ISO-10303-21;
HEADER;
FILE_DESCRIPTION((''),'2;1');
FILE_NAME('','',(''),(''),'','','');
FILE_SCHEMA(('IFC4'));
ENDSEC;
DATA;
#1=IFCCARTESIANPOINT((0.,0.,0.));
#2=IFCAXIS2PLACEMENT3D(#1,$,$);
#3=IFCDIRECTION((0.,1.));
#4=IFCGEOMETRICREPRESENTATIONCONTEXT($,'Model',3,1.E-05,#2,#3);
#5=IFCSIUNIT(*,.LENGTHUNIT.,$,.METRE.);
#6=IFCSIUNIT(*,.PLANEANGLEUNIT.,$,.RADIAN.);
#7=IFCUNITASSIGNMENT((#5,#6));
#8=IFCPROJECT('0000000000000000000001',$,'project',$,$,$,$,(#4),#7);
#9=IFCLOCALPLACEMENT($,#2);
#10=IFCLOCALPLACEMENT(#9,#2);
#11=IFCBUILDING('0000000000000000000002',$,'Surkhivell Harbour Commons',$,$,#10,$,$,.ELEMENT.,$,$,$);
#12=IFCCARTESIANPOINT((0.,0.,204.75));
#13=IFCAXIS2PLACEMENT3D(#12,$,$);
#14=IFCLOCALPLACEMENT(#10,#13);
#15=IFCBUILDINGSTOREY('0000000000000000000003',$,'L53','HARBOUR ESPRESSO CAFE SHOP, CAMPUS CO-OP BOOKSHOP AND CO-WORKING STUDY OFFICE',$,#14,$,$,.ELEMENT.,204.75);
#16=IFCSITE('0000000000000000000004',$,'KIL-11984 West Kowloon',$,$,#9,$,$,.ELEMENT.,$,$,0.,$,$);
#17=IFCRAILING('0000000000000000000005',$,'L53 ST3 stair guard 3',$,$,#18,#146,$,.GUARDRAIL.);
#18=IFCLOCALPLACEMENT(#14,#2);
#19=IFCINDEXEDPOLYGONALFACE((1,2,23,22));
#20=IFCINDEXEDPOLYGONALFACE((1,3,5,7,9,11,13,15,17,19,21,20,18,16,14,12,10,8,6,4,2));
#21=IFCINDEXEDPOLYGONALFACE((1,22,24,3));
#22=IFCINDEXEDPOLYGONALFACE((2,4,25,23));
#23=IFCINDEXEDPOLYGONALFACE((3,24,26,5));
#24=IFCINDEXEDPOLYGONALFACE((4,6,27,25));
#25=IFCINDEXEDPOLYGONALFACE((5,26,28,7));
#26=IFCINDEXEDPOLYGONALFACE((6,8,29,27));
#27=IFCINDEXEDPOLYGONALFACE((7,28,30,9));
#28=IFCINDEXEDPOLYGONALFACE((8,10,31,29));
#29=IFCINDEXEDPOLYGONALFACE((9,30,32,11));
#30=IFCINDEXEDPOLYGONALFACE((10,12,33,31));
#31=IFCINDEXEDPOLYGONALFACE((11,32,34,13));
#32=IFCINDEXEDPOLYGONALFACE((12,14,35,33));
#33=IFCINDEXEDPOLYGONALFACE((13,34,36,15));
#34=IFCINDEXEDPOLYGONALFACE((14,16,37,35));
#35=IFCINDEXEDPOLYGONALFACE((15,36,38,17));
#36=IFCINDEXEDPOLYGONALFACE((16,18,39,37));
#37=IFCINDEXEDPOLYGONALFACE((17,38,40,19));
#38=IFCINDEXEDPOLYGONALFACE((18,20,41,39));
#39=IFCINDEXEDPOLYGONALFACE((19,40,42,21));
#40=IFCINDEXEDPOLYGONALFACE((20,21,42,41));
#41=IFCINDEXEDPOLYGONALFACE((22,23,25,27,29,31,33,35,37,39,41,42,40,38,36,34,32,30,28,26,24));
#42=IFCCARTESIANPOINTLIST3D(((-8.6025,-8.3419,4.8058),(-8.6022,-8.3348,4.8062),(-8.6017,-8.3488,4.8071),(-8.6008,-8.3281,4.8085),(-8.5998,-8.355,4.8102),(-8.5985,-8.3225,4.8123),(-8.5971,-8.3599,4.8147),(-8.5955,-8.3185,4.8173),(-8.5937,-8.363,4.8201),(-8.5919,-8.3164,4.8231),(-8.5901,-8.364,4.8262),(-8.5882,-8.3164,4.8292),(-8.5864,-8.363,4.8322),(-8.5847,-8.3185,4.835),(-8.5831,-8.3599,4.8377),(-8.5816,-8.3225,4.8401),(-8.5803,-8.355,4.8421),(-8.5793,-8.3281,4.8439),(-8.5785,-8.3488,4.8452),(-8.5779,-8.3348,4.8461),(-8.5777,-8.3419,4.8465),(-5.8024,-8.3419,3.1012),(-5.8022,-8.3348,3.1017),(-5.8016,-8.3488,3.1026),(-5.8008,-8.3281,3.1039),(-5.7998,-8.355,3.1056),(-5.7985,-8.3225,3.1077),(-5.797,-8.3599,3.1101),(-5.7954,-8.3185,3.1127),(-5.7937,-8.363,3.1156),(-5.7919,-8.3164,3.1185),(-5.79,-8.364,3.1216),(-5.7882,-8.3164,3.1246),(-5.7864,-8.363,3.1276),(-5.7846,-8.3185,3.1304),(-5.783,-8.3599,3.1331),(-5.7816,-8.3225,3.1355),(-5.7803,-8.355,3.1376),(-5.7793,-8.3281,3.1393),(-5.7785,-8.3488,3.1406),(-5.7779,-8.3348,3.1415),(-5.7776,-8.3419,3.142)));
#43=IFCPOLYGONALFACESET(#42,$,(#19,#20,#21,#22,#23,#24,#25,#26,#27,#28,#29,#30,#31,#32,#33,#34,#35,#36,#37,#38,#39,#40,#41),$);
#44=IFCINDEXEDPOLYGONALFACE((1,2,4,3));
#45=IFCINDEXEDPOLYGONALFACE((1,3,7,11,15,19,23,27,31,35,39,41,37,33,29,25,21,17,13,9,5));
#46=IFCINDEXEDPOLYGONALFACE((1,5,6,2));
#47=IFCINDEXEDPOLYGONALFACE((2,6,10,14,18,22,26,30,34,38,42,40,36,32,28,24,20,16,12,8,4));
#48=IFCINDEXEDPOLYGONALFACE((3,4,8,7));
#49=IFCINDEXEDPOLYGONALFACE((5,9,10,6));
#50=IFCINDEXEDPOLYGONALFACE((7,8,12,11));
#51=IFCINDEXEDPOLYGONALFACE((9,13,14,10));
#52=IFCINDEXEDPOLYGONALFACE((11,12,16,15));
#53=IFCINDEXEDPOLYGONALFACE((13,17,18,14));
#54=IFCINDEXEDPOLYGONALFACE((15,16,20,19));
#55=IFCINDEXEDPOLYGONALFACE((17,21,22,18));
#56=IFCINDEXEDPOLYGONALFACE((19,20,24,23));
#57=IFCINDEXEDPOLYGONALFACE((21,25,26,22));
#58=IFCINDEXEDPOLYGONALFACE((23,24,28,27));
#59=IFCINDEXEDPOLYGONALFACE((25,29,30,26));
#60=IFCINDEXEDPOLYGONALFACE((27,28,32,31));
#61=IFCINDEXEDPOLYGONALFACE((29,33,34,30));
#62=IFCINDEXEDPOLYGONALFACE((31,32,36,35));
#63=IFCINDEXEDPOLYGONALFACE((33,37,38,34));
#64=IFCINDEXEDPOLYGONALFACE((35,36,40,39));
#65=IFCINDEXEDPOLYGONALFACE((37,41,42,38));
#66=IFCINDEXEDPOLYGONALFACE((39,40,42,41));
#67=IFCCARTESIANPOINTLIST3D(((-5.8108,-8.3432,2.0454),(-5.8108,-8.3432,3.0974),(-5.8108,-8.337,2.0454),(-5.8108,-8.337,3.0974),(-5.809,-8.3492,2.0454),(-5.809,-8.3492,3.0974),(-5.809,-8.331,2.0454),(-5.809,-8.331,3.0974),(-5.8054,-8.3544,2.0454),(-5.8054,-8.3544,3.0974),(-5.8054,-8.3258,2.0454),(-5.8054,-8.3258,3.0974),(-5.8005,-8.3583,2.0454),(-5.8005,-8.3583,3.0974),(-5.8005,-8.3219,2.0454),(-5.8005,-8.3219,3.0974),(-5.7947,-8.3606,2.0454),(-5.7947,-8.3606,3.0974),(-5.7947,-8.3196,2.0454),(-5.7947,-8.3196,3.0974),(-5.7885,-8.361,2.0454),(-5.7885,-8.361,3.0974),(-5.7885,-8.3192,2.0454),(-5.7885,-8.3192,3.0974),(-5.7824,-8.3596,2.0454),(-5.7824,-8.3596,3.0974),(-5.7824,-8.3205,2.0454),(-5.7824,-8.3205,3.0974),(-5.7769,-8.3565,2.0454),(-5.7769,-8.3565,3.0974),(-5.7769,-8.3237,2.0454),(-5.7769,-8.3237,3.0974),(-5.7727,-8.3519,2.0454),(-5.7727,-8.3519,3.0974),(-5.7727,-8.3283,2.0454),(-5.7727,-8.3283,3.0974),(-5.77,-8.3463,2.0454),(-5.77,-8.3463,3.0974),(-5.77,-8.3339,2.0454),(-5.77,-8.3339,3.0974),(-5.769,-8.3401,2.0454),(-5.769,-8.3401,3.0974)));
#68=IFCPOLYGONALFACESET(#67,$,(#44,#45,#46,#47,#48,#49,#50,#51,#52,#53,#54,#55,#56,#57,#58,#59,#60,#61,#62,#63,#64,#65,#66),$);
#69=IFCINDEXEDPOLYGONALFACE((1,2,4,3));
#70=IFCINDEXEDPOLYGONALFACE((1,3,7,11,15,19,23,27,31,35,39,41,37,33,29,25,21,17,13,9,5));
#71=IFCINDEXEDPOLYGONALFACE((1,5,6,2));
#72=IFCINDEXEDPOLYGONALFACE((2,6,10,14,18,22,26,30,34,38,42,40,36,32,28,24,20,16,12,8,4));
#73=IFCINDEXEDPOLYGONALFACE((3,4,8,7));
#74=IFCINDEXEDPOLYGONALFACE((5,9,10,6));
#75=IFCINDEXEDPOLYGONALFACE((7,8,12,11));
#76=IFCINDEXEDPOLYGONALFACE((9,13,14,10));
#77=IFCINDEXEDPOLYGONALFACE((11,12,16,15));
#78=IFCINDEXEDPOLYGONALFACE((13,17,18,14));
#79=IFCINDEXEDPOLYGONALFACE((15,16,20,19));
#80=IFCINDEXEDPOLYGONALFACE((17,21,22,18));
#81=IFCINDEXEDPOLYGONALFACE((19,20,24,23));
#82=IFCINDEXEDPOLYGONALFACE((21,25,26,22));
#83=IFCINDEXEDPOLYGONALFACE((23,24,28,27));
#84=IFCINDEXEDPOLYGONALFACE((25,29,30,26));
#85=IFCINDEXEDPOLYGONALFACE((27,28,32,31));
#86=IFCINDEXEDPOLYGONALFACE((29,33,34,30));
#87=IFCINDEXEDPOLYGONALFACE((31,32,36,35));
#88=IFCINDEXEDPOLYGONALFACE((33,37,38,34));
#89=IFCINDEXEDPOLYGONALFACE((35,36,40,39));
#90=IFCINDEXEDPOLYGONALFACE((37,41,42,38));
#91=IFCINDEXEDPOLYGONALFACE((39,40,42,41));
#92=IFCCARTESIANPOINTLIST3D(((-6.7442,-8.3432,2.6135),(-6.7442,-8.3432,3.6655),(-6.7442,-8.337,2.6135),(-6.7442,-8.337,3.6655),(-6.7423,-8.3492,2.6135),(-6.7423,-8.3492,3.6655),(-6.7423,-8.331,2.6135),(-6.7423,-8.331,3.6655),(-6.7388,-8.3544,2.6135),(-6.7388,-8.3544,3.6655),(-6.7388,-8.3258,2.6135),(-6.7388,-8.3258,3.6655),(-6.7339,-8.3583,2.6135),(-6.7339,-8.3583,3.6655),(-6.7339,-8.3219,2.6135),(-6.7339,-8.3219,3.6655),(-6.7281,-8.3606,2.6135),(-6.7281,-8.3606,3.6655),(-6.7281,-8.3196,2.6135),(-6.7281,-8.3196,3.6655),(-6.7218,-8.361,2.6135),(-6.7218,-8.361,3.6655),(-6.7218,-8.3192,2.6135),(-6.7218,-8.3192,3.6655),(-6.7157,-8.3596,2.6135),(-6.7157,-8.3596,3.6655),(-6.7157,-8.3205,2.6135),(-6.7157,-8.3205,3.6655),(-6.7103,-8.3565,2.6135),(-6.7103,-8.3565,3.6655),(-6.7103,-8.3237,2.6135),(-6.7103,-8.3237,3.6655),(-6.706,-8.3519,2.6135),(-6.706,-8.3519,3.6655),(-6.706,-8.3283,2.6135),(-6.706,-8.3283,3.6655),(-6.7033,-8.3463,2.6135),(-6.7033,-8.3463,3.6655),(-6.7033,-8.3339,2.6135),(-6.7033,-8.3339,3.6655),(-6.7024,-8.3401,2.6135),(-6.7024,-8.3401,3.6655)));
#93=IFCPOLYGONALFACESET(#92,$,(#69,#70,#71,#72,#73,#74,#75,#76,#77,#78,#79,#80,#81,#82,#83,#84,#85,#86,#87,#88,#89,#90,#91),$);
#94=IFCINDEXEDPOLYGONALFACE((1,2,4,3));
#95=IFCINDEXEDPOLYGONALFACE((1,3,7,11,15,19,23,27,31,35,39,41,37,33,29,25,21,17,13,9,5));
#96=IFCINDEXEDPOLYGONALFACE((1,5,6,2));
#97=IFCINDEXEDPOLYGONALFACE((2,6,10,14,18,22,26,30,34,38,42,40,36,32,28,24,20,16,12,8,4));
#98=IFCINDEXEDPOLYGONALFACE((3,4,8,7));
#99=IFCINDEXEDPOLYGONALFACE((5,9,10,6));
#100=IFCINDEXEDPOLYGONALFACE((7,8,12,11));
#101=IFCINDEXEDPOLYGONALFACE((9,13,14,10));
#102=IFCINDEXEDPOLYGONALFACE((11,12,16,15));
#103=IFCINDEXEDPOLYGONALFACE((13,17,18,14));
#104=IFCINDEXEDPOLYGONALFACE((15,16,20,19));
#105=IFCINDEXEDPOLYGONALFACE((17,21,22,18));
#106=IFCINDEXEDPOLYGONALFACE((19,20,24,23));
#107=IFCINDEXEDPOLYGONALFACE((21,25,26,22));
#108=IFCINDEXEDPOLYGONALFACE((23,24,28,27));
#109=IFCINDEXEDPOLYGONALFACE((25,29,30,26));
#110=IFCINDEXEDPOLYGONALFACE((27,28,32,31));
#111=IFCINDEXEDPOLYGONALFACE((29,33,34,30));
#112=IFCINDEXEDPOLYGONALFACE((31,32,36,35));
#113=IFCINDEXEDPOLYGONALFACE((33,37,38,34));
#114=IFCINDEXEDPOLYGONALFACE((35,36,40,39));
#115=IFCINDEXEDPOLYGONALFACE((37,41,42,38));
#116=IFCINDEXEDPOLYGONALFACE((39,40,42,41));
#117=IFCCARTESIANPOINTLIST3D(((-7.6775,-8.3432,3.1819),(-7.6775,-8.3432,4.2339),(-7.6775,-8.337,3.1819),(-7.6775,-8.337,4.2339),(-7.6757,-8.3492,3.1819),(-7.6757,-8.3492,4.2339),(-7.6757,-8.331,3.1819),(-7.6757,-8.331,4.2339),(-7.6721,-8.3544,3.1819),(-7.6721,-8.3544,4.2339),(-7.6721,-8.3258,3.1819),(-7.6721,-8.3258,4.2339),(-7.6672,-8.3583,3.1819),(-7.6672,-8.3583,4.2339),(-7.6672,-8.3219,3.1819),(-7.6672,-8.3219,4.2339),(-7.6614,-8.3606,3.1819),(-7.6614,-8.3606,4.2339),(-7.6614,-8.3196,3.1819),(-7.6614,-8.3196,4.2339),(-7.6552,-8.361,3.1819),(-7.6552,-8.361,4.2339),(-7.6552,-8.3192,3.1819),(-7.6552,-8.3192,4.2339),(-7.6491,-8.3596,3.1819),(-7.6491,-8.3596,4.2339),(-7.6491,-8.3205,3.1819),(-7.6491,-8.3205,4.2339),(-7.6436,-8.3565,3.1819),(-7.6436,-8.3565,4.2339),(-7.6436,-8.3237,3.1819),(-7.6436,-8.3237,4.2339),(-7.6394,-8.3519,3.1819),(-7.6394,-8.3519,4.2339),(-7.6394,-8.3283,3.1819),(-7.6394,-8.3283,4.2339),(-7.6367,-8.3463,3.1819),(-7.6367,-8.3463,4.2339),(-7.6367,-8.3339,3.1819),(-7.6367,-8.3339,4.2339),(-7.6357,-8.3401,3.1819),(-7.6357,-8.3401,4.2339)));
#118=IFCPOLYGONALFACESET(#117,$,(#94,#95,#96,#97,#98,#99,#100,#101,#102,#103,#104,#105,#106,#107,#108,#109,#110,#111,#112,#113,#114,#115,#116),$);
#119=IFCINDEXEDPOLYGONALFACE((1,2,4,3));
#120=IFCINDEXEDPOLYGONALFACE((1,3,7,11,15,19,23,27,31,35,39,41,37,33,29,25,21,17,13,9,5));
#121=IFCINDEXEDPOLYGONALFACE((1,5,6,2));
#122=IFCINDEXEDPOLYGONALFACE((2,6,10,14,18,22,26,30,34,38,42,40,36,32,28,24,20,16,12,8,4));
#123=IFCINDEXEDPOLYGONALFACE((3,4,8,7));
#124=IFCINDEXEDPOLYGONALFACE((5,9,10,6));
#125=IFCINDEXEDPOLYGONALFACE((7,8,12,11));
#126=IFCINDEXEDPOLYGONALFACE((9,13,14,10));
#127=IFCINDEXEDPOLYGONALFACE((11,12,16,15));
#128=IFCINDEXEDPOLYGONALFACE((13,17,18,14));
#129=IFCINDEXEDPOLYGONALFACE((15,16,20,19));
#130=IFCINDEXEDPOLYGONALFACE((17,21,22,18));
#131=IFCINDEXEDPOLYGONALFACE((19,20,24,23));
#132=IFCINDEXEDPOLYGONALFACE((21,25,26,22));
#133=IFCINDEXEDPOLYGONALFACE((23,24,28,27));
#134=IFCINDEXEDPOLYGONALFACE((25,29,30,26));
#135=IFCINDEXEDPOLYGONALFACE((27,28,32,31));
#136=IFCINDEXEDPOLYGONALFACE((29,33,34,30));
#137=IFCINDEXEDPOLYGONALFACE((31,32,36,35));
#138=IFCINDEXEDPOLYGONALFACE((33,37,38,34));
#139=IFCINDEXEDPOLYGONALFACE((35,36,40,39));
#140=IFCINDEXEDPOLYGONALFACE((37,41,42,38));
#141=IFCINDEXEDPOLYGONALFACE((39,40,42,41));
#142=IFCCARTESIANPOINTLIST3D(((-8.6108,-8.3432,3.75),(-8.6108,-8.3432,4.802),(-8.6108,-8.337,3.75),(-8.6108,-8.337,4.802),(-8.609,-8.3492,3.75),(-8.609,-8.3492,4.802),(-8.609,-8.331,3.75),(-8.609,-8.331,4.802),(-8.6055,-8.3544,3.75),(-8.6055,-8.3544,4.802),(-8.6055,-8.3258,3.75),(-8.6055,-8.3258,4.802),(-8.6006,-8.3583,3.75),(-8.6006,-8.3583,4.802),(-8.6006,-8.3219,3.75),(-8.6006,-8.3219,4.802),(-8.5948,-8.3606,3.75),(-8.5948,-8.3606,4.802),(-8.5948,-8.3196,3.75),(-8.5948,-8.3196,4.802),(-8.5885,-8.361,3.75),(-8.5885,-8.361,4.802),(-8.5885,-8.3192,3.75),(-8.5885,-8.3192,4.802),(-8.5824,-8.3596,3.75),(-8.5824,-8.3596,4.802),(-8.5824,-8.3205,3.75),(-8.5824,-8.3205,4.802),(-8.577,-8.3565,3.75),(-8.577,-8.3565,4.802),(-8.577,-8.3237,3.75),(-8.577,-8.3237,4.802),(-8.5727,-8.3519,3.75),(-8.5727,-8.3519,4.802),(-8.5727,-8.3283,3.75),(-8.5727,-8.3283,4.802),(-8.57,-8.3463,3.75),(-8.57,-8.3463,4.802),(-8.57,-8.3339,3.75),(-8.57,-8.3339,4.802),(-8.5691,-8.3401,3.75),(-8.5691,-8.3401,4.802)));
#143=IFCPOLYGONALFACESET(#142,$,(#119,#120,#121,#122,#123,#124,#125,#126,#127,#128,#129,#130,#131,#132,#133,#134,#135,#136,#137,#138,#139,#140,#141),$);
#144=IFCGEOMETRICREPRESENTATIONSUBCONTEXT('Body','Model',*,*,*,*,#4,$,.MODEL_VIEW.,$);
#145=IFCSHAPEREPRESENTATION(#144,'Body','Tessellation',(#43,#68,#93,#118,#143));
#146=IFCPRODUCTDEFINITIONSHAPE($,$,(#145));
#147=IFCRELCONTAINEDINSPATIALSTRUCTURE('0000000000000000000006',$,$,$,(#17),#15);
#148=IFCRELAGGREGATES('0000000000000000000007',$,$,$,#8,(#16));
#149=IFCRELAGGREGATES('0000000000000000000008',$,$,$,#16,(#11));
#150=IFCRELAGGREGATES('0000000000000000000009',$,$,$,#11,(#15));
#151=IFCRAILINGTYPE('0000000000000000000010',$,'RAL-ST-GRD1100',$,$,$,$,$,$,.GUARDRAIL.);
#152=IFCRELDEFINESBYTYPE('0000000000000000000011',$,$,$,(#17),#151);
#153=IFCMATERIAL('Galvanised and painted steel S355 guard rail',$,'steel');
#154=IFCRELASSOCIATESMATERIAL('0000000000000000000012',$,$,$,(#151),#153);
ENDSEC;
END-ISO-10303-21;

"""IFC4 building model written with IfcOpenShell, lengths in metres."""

from ifc_helpers import new_model, si_unit, direction, frame, origin, origin_2d, place, context, subcontext, project, spatial, circle, extrude, material, type_object, element, save


model = new_model("IFC4")

# Units and contexts
model_context = context("Model", 3, precision=1e-05, world=origin(), true_north=direction((0.0, 1.0)))
body_context = subcontext(model_context, "Body", "Model", "MODEL_VIEW")
ifc_project = project(units=[si_unit("LENGTHUNIT", "METRE"), si_unit("PLANEANGLEUNIT", "RADIAN")], contexts=[model_context])

# Site, building, storey
site_placement = place(None, origin())
site = spatial("IfcSite", under=ifc_project, at=site_placement, Name="KIL-11984 West Kowloon", CompositionType="ELEMENT", RefElevation=0.0)
building_placement = place(site_placement, origin())
building = spatial("IfcBuilding", under=site, at=building_placement, Name="Surkhivell Harbour Commons", CompositionType="ELEMENT")
storey_placement = place(building_placement, frame((0.0, 0.0, 204.75)))
storey = spatial("IfcBuildingStorey", under=building, at=storey_placement, Name="L53", Description="HARBOUR ESPRESSO CAFE SHOP, CAMPUS CO-OP BOOKSHOP AND CO-WORKING STUDY OFFICE", CompositionType="ELEMENT", Elevation=204.75)

# Railing
ifc_material_1 = material(Name="Galvanised and painted steel S355 guard rail", Category="steel")
railing_type_1 = type_object("IfcRailingType", Name="RAL-ST-GRD1100", PredefinedType="GUARDRAIL", material=ifc_material_1)
railing_1_placement = place(storey_placement, frame((-5.79, -8.3401, 2.0454)))
element("IfcRailing", 1, at=railing_1_placement, inside=storey, type_object=railing_type_1, Name="L53 ST3 stair guard 3", PredefinedType="GUARDRAIL", context=body_context, shape_type="SweptSolid", body=[
    extrude(circle(Radius=0.0239, at=origin_2d()), frame((0.0, 0.0, 1.0762), z_axis=(-0.85417, 0.0, 0.519994), x_axis=(0.0, -1.0, 0.0)), (0.0, 0.0, 1.0), 3.2781),
    extrude(circle(Radius=0.021, at=origin_2d()), origin(), (0.0, 0.0, 1.0), 1.052),
    extrude(circle(Radius=0.021, at=origin_2d()), frame((-0.9333, 0.0, 0.5681)), (0.0, 0.0, 1.0), 1.052),
    extrude(circle(Radius=0.021, at=origin_2d()), frame((-1.8667, 0.0, 1.1365)), (0.0, 0.0, 1.0), 1.052),
    extrude(circle(Radius=0.021, at=origin_2d()), frame((-2.8, 0.0, 1.7046)), (0.0, 0.0, 1.0), 1.052),
])

save(model, "model.ifc")
